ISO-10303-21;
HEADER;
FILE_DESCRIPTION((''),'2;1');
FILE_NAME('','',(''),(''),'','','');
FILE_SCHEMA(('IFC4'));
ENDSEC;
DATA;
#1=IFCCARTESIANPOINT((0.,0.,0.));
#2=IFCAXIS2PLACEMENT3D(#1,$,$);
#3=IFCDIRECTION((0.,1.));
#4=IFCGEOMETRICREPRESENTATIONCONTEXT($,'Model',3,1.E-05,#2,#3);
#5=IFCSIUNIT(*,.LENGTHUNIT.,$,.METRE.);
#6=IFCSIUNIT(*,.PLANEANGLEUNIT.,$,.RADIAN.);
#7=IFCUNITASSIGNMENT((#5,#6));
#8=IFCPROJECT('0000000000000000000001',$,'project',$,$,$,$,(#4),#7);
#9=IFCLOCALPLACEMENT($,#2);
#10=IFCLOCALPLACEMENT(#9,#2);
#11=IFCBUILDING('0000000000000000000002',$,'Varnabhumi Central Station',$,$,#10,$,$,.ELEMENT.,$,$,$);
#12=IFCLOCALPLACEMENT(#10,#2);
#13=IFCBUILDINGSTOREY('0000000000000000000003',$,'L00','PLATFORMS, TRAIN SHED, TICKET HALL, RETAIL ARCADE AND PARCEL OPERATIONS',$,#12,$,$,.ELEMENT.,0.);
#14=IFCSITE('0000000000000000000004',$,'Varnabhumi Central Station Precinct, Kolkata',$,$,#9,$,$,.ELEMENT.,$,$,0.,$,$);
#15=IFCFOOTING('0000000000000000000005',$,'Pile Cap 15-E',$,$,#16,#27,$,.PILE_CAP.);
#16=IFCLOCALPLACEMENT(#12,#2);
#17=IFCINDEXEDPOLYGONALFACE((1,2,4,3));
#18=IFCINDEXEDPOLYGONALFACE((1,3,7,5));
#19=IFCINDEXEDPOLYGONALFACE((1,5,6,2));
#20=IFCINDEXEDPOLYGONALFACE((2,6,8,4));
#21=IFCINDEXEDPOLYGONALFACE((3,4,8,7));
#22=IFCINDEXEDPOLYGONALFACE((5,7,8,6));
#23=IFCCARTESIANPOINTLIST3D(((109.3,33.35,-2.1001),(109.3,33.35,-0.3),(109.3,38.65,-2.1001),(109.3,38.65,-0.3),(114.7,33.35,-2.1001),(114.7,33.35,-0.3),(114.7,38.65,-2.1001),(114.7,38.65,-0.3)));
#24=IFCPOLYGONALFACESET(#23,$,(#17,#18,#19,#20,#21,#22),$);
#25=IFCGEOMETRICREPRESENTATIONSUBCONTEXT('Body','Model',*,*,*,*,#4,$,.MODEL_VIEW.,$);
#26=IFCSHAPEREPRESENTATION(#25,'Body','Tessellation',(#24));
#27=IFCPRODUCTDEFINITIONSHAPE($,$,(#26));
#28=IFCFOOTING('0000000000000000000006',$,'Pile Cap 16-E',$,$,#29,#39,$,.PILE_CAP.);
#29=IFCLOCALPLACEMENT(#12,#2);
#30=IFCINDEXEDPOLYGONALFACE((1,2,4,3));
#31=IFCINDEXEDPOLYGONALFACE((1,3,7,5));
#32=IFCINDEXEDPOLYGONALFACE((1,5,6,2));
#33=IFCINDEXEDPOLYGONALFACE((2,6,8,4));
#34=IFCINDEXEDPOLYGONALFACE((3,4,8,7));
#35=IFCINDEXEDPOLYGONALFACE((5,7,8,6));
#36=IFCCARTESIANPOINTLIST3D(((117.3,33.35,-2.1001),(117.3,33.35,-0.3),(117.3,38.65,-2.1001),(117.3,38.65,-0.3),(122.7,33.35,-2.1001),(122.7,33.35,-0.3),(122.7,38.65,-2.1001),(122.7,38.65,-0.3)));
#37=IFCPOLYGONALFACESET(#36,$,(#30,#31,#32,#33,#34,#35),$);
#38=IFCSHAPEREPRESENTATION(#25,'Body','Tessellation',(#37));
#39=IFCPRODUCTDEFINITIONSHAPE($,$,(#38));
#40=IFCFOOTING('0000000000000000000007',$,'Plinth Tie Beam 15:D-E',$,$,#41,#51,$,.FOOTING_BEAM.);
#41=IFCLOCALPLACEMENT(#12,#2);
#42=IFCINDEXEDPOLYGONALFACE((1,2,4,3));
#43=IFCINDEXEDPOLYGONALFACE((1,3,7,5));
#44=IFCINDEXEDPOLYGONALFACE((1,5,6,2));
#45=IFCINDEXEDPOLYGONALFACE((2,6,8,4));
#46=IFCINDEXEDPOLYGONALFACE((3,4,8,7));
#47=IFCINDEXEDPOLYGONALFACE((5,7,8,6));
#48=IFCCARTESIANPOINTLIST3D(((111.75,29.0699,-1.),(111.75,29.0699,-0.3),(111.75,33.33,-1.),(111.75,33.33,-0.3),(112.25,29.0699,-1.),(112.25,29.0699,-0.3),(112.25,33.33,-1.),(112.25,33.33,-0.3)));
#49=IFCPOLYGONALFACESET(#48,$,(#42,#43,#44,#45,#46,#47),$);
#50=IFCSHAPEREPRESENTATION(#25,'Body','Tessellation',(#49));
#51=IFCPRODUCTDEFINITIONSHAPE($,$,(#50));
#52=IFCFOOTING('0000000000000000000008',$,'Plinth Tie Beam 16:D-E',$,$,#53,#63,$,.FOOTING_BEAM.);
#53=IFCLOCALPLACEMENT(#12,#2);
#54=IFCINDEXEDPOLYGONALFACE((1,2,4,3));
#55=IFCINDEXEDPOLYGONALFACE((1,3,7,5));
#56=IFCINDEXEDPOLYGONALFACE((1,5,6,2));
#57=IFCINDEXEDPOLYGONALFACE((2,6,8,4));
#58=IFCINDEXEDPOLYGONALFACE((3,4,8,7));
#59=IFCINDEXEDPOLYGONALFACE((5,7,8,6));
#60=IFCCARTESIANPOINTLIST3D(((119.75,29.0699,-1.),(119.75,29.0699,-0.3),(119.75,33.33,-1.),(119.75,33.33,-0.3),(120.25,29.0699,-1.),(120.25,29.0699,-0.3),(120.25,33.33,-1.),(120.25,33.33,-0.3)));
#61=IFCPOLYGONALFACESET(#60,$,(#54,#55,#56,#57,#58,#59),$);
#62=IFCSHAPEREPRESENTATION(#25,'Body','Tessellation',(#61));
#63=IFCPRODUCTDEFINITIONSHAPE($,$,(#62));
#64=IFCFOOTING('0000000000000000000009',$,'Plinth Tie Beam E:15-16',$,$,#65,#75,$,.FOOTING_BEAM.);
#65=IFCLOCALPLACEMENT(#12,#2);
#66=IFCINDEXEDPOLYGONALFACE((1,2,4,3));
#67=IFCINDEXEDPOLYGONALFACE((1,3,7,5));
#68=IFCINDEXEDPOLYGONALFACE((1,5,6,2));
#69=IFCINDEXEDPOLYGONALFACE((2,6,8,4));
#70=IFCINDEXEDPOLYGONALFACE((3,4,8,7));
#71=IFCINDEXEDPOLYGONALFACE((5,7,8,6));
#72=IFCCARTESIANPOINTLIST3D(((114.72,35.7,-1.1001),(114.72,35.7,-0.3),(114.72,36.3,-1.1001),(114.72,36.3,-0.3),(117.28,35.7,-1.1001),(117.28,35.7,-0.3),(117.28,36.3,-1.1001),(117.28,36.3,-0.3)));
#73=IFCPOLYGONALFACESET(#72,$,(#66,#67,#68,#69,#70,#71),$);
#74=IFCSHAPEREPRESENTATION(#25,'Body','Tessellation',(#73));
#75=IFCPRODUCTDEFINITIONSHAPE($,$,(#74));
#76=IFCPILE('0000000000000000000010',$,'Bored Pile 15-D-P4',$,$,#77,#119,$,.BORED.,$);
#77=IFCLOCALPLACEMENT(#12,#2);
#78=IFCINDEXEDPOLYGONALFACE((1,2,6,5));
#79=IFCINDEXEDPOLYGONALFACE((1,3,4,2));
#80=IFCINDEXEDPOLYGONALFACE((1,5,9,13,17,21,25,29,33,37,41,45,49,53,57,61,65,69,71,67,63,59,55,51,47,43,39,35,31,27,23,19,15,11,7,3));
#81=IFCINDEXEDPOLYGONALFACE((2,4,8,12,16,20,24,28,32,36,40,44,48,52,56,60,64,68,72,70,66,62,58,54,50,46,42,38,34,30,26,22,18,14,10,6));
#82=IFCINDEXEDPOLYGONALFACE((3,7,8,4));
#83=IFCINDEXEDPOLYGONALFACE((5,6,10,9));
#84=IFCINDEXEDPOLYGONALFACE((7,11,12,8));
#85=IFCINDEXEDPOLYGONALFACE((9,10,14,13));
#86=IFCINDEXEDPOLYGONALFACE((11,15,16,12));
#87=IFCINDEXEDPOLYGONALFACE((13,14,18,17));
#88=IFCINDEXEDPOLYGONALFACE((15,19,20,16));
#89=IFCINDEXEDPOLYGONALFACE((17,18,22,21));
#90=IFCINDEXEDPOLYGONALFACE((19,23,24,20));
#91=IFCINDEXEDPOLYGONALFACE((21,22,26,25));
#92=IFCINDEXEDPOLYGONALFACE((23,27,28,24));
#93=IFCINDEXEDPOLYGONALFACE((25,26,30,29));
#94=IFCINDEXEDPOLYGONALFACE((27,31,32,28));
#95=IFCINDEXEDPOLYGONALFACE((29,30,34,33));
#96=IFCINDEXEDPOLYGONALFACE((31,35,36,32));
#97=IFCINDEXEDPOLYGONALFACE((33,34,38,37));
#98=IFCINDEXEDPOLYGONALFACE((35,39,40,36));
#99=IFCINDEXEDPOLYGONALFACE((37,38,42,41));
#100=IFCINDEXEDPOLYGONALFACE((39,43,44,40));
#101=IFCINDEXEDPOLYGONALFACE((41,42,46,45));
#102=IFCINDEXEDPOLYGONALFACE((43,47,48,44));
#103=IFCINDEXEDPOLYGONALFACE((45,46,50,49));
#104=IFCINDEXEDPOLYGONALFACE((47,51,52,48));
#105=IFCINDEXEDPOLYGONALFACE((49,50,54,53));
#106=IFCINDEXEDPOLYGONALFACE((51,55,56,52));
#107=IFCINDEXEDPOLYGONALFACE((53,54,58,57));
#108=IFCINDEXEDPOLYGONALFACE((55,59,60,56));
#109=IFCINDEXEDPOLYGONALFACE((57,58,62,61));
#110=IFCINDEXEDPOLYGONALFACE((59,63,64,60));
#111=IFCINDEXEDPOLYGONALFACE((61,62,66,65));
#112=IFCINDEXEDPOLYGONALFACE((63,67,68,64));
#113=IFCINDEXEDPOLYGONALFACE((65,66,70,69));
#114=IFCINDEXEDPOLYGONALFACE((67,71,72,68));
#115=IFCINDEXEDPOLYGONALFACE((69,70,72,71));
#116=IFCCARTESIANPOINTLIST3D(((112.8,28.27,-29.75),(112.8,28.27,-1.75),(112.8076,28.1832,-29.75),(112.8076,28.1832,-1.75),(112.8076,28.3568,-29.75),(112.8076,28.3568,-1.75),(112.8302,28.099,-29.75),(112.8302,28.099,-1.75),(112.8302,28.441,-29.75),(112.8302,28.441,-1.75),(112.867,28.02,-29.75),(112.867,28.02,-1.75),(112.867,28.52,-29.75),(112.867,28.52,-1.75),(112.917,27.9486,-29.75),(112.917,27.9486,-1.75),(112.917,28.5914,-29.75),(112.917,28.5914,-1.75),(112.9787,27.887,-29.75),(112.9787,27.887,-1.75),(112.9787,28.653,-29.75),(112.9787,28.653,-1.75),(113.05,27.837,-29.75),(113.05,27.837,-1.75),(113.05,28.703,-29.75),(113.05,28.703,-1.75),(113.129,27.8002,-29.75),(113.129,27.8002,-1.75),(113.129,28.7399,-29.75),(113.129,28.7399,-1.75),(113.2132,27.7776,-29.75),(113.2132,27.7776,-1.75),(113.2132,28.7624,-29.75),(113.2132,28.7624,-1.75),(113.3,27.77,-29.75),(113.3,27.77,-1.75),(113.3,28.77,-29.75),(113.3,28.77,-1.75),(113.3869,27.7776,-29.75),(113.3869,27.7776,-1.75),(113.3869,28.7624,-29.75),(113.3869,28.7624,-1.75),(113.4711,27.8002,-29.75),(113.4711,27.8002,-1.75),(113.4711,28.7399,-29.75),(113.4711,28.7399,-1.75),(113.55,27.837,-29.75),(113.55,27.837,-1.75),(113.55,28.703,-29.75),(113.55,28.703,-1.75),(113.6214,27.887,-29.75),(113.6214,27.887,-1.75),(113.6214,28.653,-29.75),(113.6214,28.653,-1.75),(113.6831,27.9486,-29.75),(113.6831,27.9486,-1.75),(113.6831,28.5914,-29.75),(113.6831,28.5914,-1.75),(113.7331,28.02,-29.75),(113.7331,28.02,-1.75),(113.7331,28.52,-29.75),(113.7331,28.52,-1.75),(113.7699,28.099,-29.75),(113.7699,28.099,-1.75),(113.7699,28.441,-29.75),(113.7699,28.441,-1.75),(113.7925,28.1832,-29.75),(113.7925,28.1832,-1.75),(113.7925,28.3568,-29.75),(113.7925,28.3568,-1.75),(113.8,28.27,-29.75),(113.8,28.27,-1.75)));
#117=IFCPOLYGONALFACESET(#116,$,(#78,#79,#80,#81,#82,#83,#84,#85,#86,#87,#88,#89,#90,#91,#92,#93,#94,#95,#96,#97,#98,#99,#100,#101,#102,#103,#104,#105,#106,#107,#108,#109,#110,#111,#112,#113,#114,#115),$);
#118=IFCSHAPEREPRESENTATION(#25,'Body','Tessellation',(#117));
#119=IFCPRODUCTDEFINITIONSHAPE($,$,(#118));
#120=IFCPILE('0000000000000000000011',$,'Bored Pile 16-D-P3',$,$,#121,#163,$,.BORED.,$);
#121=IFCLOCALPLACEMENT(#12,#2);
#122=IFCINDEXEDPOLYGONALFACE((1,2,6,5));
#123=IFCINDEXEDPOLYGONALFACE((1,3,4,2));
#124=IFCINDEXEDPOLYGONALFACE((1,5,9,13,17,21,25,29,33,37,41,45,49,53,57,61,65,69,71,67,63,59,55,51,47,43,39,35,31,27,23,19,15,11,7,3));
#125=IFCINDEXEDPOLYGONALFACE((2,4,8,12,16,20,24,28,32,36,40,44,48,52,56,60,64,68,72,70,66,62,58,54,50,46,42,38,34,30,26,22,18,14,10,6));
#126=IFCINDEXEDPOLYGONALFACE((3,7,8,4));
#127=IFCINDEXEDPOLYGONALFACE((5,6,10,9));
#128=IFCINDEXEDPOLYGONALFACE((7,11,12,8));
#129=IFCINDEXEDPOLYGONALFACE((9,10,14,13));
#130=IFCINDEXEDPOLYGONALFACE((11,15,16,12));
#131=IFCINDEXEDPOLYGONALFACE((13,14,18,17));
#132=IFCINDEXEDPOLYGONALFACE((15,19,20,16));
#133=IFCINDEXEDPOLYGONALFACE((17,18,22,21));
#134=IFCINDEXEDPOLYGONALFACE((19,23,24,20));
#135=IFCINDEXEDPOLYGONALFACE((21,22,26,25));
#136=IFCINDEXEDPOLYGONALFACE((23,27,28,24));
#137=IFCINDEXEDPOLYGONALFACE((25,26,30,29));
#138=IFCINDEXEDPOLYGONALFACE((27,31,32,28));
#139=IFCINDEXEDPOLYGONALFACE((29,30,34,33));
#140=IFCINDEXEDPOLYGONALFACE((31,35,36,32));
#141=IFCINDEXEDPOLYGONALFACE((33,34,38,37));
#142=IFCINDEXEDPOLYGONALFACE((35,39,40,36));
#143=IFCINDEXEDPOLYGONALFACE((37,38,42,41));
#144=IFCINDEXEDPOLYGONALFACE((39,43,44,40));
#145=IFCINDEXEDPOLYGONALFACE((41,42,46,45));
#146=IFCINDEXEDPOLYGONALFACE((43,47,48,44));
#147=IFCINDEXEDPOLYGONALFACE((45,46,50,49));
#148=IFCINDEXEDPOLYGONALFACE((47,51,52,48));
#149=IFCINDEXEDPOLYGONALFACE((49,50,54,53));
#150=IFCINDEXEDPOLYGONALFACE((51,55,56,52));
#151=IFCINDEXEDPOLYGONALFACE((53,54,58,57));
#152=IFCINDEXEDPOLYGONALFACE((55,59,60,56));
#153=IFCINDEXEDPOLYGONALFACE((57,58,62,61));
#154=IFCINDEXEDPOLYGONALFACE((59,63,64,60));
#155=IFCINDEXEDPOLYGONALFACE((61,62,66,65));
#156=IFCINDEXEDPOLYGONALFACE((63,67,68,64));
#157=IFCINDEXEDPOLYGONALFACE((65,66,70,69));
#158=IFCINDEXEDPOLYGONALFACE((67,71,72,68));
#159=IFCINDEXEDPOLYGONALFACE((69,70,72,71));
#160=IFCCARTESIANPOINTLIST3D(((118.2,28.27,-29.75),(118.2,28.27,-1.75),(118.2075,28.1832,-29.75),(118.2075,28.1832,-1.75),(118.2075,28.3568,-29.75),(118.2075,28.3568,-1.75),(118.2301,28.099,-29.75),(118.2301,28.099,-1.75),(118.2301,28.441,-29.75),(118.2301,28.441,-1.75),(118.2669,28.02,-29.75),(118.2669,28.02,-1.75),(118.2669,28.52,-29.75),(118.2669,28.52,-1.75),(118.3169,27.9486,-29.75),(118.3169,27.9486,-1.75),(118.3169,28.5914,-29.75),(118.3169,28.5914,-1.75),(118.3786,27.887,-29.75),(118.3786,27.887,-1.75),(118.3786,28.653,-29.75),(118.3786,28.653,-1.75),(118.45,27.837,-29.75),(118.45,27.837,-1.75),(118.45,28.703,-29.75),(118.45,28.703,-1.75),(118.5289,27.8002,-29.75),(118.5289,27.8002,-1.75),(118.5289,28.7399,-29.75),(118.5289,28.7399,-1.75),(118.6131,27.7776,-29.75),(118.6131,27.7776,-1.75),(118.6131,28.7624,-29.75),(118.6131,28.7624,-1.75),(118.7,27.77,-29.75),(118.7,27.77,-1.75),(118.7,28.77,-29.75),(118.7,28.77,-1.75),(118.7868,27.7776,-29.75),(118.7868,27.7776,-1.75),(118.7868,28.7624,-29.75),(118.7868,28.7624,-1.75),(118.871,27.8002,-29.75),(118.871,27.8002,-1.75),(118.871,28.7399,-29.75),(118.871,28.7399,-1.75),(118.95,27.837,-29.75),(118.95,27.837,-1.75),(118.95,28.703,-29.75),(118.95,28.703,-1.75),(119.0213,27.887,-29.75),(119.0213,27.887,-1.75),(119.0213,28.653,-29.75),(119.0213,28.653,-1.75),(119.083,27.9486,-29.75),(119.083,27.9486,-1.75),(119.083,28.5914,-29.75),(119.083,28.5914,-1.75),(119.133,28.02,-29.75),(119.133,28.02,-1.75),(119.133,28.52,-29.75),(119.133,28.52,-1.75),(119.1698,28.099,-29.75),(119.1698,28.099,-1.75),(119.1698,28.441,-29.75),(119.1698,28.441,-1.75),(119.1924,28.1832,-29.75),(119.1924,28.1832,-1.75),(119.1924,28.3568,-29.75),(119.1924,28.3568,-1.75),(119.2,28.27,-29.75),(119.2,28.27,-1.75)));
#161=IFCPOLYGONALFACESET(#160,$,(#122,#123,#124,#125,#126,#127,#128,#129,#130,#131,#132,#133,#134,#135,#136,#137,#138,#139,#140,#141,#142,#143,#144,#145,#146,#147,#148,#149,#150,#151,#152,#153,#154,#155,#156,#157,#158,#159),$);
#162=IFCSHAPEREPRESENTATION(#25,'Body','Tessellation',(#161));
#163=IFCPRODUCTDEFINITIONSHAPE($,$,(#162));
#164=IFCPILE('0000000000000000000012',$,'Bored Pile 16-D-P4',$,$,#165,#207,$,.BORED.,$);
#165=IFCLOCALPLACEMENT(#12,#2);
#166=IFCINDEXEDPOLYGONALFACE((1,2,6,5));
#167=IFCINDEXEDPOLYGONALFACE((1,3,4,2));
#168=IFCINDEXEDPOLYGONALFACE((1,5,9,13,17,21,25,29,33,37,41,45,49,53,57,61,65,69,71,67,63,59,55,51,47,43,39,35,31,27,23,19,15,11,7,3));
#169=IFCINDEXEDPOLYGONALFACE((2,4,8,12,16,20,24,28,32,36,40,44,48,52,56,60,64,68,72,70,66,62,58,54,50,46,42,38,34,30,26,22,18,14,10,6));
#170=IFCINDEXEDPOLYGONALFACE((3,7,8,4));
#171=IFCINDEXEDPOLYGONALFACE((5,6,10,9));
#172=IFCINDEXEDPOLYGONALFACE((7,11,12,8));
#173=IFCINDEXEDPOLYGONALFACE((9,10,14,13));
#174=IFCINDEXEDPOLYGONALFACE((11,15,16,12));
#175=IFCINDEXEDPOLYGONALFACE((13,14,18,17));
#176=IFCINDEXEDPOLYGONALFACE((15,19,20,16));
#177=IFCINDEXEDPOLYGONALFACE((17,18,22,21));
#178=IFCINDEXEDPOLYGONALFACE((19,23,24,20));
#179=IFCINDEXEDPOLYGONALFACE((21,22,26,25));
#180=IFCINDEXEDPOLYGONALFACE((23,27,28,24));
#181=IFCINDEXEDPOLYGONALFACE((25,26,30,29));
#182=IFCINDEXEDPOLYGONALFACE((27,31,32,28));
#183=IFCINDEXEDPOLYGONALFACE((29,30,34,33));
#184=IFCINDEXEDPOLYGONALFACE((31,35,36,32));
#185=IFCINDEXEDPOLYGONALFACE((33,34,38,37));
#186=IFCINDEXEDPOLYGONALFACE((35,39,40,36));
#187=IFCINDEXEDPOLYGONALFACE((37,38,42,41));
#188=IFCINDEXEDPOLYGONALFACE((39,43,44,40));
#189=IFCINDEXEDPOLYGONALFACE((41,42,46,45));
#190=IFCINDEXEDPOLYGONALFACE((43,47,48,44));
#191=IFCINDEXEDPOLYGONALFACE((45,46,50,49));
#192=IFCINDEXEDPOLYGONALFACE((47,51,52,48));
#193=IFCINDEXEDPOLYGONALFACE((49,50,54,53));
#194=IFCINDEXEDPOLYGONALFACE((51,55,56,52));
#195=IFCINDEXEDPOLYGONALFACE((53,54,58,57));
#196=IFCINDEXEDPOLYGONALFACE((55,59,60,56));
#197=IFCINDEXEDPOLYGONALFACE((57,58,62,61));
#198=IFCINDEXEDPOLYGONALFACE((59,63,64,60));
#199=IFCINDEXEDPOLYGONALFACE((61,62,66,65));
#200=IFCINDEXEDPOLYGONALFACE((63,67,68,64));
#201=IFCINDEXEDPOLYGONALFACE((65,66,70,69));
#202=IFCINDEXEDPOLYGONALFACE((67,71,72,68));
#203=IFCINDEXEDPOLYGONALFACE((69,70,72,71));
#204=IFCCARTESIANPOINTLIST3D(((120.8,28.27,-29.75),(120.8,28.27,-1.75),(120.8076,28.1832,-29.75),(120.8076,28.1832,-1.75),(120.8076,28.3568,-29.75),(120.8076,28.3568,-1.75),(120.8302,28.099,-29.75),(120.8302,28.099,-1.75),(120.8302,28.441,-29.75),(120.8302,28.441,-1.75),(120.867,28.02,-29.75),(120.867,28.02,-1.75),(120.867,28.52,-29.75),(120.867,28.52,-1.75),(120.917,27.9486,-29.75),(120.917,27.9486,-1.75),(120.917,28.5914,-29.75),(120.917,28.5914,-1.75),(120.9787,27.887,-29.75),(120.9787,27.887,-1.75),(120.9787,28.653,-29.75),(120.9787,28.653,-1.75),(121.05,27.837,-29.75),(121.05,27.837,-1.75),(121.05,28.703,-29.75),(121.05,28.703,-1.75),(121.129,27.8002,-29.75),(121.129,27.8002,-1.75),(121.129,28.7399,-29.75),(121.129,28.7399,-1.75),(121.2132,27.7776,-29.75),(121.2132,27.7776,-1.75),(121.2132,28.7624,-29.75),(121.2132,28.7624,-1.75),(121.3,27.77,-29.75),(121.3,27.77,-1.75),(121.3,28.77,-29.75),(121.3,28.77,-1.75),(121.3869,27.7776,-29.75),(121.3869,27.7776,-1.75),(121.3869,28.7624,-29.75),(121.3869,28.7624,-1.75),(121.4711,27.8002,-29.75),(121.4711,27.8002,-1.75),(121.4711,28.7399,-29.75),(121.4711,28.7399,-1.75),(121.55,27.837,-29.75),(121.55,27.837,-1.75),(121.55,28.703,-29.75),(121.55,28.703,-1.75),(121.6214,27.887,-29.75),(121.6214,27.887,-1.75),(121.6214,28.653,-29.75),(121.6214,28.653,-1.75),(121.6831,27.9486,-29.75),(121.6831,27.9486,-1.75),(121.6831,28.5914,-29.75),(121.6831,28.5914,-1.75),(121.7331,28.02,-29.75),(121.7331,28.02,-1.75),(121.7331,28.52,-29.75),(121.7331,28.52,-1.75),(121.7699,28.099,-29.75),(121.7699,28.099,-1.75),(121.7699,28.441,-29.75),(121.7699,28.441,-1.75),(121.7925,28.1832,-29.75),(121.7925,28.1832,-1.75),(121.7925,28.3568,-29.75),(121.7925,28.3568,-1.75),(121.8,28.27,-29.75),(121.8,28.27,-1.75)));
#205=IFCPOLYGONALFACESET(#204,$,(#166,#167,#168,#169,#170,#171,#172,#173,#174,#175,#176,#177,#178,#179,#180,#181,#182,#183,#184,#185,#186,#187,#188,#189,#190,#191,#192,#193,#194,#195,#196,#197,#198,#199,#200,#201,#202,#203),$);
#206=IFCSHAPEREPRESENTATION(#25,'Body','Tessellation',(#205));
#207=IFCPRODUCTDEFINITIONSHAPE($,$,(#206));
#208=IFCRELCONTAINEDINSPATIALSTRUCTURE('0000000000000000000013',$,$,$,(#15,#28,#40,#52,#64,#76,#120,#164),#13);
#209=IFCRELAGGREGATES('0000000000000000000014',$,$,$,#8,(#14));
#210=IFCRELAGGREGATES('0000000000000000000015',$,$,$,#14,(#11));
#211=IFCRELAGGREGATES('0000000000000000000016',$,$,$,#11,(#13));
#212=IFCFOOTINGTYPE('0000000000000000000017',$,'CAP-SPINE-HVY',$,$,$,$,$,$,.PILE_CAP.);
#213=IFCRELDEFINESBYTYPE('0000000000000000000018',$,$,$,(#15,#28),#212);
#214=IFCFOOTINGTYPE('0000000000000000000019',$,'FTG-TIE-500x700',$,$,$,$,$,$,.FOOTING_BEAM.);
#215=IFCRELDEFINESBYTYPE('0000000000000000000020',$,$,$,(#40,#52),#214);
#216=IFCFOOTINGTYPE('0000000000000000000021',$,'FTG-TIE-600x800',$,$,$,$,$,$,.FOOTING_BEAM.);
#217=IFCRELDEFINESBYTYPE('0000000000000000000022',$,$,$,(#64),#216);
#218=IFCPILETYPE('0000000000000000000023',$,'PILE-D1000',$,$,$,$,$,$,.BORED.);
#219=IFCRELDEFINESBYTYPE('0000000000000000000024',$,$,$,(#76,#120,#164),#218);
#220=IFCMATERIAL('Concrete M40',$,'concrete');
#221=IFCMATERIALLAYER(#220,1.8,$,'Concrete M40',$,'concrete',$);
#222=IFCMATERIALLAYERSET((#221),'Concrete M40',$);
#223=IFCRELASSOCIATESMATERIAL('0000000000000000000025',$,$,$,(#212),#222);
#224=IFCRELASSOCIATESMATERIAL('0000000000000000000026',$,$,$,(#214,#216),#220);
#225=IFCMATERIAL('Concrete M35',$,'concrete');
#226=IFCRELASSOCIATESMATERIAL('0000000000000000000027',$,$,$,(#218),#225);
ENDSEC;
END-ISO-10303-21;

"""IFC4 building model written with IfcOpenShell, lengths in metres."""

from ifc_helpers import new_model, si_unit, direction, frame, origin, origin_2d, place, context, subcontext, project, spatial, rectangle, circle, extrude, material, layer, layer_set, material_profile, profile_set, type_object, element, save


model = new_model("IFC4")

# Units and contexts
model_context = context("Model", 3, precision=1e-05, world=origin(), true_north=direction((0.0, 1.0)))
body_context = subcontext(model_context, "Body", "Model", "MODEL_VIEW")
ifc_project = project(units=[si_unit("LENGTHUNIT", "METRE"), si_unit("PLANEANGLEUNIT", "RADIAN")], contexts=[model_context])

# Site, building, storey
site_placement = place(None, origin())
site = spatial("IfcSite", under=ifc_project, at=site_placement, Name="Varnabhumi Central Station Precinct, Kolkata", CompositionType="ELEMENT", RefElevation=0.0)
building_placement = place(site_placement, origin())
building = spatial("IfcBuilding", under=site, at=building_placement, Name="Varnabhumi Central Station", CompositionType="ELEMENT")
storey_placement = place(building_placement, origin())
storey = spatial("IfcBuildingStorey", under=building, at=storey_placement, Name="L00", Description="PLATFORMS, TRAIN SHED, TICKET HALL, RETAIL ARCADE AND PARCEL OPERATIONS", CompositionType="ELEMENT", Elevation=0.0)

# Footings
ifc_material_1 = material(Name="Concrete M40", Category="concrete")
ifc_layer_1 = layer(ifc_material_1, 1.8, Name="Concrete M40", Category="concrete")
ifc_layer_set_1 = layer_set([ifc_layer_1], Name="Concrete M40")
footing_type_1 = type_object("IfcFootingType", Name="CAP-SPINE-HVY", PredefinedType="PILE_CAP", material=ifc_layer_set_1)
for number, where, z_axis, x_axis, name in (
    (1, (112.0, 36.0, -2.1001), (0.0, 0.0, 1.0), (1.0, 0.0, 0.0), "Pile Cap 15-E"),
    (2, (120.0, 36.0, -2.1001), (0.0, 0.0, 1.0), (1.0, 0.0, 0.0), "Pile Cap 16-E"),
):
    element("IfcFooting", number, at=place(storey_placement, frame(where, z_axis=z_axis, x_axis=x_axis)), inside=storey, type_object=footing_type_1, Name=name, PredefinedType="PILE_CAP", context=body_context, shape_type="SweptSolid", body=[
        extrude(rectangle(XDim=5.3999, YDim=5.3, at=origin_2d()), origin(), (0.0, 0.0, 1.0), 1.8),
    ])
footing_type_2 = type_object("IfcFootingType", Name="FTG-TIE-500x700", PredefinedType="FOOTING_BEAM", material=ifc_material_1)
for number, where, z_axis, x_axis, name in (
    (3, (112.0, 31.2, -1.0), (0.0, 0.0, 1.0), (1.0, 0.0, 0.0), "Plinth Tie Beam 15:D-E"),
    (4, (120.0, 31.2, -1.0), (0.0, 0.0, 1.0), (1.0, 0.0, 0.0), "Plinth Tie Beam 16:D-E"),
):
    element("IfcFooting", number, at=place(storey_placement, frame(where, z_axis=z_axis, x_axis=x_axis)), inside=storey, type_object=footing_type_2, Name=name, PredefinedType="FOOTING_BEAM", context=body_context, shape_type="SweptSolid", body=[
        extrude(rectangle(XDim=0.5, YDim=4.26, at=origin_2d()), origin(), (0.0, 0.0, 1.0), 0.7),
    ])
footing_type_3 = type_object("IfcFootingType", Name="FTG-TIE-600x800", PredefinedType="FOOTING_BEAM", material=ifc_material_1)
footing_placement = place(storey_placement, frame((116.0, 36.0, -1.1001), z_axis=(0.0, 0.0, 1.0), x_axis=(1.0, 0.0, 0.0)))
element("IfcFooting", 5, at=footing_placement, inside=storey, type_object=footing_type_3, Name="Plinth Tie Beam E:15-16", PredefinedType="FOOTING_BEAM", context=body_context, shape_type="SweptSolid", body=[
    extrude(rectangle(XDim=2.5601, YDim=0.6001, at=origin_2d()), origin(), (0.0, 0.0, 1.0), 0.8),
])

# Piles
ifc_material_2 = material(Name="Concrete M35", Category="concrete")
ifc_material_profile_1 = material_profile(ifc_material_2, circle(Radius=0.5, at=origin_2d()), Name="Concrete M35", Category="concrete")
ifc_profile_set_1 = profile_set([ifc_material_profile_1], Name="Concrete M35")
pile_type_1 = type_object("IfcPileType", Name="PILE-D1000", PredefinedType="BORED", material=ifc_profile_set_1)
for number, where, z_axis, x_axis, name in (
    (6, (113.3, 28.27, -1.75), (0.0, 0.0, -1.0), (1.0, 0.0, 0.0), "Bored Pile 15-D-P4"),
    (7, (118.7, 28.27, -1.75), (0.0, 0.0, -1.0), (1.0, 0.0, 0.0), "Bored Pile 16-D-P3"),
    (8, (121.3, 28.27, -1.75), (0.0, 0.0, -1.0), (1.0, 0.0, 0.0), "Bored Pile 16-D-P4"),
):
    element("IfcPile", number, at=place(storey_placement, frame(where, z_axis=z_axis, x_axis=x_axis)), inside=storey, type_object=pile_type_1, Name=name, PredefinedType="BORED", context=body_context, shape_type="SweptSolid", body=[
        extrude(circle(Radius=0.5, at=origin_2d()), origin(), (0.0, 0.0, 1.0), 28.0),
    ])

save(model, "model.ifc")
